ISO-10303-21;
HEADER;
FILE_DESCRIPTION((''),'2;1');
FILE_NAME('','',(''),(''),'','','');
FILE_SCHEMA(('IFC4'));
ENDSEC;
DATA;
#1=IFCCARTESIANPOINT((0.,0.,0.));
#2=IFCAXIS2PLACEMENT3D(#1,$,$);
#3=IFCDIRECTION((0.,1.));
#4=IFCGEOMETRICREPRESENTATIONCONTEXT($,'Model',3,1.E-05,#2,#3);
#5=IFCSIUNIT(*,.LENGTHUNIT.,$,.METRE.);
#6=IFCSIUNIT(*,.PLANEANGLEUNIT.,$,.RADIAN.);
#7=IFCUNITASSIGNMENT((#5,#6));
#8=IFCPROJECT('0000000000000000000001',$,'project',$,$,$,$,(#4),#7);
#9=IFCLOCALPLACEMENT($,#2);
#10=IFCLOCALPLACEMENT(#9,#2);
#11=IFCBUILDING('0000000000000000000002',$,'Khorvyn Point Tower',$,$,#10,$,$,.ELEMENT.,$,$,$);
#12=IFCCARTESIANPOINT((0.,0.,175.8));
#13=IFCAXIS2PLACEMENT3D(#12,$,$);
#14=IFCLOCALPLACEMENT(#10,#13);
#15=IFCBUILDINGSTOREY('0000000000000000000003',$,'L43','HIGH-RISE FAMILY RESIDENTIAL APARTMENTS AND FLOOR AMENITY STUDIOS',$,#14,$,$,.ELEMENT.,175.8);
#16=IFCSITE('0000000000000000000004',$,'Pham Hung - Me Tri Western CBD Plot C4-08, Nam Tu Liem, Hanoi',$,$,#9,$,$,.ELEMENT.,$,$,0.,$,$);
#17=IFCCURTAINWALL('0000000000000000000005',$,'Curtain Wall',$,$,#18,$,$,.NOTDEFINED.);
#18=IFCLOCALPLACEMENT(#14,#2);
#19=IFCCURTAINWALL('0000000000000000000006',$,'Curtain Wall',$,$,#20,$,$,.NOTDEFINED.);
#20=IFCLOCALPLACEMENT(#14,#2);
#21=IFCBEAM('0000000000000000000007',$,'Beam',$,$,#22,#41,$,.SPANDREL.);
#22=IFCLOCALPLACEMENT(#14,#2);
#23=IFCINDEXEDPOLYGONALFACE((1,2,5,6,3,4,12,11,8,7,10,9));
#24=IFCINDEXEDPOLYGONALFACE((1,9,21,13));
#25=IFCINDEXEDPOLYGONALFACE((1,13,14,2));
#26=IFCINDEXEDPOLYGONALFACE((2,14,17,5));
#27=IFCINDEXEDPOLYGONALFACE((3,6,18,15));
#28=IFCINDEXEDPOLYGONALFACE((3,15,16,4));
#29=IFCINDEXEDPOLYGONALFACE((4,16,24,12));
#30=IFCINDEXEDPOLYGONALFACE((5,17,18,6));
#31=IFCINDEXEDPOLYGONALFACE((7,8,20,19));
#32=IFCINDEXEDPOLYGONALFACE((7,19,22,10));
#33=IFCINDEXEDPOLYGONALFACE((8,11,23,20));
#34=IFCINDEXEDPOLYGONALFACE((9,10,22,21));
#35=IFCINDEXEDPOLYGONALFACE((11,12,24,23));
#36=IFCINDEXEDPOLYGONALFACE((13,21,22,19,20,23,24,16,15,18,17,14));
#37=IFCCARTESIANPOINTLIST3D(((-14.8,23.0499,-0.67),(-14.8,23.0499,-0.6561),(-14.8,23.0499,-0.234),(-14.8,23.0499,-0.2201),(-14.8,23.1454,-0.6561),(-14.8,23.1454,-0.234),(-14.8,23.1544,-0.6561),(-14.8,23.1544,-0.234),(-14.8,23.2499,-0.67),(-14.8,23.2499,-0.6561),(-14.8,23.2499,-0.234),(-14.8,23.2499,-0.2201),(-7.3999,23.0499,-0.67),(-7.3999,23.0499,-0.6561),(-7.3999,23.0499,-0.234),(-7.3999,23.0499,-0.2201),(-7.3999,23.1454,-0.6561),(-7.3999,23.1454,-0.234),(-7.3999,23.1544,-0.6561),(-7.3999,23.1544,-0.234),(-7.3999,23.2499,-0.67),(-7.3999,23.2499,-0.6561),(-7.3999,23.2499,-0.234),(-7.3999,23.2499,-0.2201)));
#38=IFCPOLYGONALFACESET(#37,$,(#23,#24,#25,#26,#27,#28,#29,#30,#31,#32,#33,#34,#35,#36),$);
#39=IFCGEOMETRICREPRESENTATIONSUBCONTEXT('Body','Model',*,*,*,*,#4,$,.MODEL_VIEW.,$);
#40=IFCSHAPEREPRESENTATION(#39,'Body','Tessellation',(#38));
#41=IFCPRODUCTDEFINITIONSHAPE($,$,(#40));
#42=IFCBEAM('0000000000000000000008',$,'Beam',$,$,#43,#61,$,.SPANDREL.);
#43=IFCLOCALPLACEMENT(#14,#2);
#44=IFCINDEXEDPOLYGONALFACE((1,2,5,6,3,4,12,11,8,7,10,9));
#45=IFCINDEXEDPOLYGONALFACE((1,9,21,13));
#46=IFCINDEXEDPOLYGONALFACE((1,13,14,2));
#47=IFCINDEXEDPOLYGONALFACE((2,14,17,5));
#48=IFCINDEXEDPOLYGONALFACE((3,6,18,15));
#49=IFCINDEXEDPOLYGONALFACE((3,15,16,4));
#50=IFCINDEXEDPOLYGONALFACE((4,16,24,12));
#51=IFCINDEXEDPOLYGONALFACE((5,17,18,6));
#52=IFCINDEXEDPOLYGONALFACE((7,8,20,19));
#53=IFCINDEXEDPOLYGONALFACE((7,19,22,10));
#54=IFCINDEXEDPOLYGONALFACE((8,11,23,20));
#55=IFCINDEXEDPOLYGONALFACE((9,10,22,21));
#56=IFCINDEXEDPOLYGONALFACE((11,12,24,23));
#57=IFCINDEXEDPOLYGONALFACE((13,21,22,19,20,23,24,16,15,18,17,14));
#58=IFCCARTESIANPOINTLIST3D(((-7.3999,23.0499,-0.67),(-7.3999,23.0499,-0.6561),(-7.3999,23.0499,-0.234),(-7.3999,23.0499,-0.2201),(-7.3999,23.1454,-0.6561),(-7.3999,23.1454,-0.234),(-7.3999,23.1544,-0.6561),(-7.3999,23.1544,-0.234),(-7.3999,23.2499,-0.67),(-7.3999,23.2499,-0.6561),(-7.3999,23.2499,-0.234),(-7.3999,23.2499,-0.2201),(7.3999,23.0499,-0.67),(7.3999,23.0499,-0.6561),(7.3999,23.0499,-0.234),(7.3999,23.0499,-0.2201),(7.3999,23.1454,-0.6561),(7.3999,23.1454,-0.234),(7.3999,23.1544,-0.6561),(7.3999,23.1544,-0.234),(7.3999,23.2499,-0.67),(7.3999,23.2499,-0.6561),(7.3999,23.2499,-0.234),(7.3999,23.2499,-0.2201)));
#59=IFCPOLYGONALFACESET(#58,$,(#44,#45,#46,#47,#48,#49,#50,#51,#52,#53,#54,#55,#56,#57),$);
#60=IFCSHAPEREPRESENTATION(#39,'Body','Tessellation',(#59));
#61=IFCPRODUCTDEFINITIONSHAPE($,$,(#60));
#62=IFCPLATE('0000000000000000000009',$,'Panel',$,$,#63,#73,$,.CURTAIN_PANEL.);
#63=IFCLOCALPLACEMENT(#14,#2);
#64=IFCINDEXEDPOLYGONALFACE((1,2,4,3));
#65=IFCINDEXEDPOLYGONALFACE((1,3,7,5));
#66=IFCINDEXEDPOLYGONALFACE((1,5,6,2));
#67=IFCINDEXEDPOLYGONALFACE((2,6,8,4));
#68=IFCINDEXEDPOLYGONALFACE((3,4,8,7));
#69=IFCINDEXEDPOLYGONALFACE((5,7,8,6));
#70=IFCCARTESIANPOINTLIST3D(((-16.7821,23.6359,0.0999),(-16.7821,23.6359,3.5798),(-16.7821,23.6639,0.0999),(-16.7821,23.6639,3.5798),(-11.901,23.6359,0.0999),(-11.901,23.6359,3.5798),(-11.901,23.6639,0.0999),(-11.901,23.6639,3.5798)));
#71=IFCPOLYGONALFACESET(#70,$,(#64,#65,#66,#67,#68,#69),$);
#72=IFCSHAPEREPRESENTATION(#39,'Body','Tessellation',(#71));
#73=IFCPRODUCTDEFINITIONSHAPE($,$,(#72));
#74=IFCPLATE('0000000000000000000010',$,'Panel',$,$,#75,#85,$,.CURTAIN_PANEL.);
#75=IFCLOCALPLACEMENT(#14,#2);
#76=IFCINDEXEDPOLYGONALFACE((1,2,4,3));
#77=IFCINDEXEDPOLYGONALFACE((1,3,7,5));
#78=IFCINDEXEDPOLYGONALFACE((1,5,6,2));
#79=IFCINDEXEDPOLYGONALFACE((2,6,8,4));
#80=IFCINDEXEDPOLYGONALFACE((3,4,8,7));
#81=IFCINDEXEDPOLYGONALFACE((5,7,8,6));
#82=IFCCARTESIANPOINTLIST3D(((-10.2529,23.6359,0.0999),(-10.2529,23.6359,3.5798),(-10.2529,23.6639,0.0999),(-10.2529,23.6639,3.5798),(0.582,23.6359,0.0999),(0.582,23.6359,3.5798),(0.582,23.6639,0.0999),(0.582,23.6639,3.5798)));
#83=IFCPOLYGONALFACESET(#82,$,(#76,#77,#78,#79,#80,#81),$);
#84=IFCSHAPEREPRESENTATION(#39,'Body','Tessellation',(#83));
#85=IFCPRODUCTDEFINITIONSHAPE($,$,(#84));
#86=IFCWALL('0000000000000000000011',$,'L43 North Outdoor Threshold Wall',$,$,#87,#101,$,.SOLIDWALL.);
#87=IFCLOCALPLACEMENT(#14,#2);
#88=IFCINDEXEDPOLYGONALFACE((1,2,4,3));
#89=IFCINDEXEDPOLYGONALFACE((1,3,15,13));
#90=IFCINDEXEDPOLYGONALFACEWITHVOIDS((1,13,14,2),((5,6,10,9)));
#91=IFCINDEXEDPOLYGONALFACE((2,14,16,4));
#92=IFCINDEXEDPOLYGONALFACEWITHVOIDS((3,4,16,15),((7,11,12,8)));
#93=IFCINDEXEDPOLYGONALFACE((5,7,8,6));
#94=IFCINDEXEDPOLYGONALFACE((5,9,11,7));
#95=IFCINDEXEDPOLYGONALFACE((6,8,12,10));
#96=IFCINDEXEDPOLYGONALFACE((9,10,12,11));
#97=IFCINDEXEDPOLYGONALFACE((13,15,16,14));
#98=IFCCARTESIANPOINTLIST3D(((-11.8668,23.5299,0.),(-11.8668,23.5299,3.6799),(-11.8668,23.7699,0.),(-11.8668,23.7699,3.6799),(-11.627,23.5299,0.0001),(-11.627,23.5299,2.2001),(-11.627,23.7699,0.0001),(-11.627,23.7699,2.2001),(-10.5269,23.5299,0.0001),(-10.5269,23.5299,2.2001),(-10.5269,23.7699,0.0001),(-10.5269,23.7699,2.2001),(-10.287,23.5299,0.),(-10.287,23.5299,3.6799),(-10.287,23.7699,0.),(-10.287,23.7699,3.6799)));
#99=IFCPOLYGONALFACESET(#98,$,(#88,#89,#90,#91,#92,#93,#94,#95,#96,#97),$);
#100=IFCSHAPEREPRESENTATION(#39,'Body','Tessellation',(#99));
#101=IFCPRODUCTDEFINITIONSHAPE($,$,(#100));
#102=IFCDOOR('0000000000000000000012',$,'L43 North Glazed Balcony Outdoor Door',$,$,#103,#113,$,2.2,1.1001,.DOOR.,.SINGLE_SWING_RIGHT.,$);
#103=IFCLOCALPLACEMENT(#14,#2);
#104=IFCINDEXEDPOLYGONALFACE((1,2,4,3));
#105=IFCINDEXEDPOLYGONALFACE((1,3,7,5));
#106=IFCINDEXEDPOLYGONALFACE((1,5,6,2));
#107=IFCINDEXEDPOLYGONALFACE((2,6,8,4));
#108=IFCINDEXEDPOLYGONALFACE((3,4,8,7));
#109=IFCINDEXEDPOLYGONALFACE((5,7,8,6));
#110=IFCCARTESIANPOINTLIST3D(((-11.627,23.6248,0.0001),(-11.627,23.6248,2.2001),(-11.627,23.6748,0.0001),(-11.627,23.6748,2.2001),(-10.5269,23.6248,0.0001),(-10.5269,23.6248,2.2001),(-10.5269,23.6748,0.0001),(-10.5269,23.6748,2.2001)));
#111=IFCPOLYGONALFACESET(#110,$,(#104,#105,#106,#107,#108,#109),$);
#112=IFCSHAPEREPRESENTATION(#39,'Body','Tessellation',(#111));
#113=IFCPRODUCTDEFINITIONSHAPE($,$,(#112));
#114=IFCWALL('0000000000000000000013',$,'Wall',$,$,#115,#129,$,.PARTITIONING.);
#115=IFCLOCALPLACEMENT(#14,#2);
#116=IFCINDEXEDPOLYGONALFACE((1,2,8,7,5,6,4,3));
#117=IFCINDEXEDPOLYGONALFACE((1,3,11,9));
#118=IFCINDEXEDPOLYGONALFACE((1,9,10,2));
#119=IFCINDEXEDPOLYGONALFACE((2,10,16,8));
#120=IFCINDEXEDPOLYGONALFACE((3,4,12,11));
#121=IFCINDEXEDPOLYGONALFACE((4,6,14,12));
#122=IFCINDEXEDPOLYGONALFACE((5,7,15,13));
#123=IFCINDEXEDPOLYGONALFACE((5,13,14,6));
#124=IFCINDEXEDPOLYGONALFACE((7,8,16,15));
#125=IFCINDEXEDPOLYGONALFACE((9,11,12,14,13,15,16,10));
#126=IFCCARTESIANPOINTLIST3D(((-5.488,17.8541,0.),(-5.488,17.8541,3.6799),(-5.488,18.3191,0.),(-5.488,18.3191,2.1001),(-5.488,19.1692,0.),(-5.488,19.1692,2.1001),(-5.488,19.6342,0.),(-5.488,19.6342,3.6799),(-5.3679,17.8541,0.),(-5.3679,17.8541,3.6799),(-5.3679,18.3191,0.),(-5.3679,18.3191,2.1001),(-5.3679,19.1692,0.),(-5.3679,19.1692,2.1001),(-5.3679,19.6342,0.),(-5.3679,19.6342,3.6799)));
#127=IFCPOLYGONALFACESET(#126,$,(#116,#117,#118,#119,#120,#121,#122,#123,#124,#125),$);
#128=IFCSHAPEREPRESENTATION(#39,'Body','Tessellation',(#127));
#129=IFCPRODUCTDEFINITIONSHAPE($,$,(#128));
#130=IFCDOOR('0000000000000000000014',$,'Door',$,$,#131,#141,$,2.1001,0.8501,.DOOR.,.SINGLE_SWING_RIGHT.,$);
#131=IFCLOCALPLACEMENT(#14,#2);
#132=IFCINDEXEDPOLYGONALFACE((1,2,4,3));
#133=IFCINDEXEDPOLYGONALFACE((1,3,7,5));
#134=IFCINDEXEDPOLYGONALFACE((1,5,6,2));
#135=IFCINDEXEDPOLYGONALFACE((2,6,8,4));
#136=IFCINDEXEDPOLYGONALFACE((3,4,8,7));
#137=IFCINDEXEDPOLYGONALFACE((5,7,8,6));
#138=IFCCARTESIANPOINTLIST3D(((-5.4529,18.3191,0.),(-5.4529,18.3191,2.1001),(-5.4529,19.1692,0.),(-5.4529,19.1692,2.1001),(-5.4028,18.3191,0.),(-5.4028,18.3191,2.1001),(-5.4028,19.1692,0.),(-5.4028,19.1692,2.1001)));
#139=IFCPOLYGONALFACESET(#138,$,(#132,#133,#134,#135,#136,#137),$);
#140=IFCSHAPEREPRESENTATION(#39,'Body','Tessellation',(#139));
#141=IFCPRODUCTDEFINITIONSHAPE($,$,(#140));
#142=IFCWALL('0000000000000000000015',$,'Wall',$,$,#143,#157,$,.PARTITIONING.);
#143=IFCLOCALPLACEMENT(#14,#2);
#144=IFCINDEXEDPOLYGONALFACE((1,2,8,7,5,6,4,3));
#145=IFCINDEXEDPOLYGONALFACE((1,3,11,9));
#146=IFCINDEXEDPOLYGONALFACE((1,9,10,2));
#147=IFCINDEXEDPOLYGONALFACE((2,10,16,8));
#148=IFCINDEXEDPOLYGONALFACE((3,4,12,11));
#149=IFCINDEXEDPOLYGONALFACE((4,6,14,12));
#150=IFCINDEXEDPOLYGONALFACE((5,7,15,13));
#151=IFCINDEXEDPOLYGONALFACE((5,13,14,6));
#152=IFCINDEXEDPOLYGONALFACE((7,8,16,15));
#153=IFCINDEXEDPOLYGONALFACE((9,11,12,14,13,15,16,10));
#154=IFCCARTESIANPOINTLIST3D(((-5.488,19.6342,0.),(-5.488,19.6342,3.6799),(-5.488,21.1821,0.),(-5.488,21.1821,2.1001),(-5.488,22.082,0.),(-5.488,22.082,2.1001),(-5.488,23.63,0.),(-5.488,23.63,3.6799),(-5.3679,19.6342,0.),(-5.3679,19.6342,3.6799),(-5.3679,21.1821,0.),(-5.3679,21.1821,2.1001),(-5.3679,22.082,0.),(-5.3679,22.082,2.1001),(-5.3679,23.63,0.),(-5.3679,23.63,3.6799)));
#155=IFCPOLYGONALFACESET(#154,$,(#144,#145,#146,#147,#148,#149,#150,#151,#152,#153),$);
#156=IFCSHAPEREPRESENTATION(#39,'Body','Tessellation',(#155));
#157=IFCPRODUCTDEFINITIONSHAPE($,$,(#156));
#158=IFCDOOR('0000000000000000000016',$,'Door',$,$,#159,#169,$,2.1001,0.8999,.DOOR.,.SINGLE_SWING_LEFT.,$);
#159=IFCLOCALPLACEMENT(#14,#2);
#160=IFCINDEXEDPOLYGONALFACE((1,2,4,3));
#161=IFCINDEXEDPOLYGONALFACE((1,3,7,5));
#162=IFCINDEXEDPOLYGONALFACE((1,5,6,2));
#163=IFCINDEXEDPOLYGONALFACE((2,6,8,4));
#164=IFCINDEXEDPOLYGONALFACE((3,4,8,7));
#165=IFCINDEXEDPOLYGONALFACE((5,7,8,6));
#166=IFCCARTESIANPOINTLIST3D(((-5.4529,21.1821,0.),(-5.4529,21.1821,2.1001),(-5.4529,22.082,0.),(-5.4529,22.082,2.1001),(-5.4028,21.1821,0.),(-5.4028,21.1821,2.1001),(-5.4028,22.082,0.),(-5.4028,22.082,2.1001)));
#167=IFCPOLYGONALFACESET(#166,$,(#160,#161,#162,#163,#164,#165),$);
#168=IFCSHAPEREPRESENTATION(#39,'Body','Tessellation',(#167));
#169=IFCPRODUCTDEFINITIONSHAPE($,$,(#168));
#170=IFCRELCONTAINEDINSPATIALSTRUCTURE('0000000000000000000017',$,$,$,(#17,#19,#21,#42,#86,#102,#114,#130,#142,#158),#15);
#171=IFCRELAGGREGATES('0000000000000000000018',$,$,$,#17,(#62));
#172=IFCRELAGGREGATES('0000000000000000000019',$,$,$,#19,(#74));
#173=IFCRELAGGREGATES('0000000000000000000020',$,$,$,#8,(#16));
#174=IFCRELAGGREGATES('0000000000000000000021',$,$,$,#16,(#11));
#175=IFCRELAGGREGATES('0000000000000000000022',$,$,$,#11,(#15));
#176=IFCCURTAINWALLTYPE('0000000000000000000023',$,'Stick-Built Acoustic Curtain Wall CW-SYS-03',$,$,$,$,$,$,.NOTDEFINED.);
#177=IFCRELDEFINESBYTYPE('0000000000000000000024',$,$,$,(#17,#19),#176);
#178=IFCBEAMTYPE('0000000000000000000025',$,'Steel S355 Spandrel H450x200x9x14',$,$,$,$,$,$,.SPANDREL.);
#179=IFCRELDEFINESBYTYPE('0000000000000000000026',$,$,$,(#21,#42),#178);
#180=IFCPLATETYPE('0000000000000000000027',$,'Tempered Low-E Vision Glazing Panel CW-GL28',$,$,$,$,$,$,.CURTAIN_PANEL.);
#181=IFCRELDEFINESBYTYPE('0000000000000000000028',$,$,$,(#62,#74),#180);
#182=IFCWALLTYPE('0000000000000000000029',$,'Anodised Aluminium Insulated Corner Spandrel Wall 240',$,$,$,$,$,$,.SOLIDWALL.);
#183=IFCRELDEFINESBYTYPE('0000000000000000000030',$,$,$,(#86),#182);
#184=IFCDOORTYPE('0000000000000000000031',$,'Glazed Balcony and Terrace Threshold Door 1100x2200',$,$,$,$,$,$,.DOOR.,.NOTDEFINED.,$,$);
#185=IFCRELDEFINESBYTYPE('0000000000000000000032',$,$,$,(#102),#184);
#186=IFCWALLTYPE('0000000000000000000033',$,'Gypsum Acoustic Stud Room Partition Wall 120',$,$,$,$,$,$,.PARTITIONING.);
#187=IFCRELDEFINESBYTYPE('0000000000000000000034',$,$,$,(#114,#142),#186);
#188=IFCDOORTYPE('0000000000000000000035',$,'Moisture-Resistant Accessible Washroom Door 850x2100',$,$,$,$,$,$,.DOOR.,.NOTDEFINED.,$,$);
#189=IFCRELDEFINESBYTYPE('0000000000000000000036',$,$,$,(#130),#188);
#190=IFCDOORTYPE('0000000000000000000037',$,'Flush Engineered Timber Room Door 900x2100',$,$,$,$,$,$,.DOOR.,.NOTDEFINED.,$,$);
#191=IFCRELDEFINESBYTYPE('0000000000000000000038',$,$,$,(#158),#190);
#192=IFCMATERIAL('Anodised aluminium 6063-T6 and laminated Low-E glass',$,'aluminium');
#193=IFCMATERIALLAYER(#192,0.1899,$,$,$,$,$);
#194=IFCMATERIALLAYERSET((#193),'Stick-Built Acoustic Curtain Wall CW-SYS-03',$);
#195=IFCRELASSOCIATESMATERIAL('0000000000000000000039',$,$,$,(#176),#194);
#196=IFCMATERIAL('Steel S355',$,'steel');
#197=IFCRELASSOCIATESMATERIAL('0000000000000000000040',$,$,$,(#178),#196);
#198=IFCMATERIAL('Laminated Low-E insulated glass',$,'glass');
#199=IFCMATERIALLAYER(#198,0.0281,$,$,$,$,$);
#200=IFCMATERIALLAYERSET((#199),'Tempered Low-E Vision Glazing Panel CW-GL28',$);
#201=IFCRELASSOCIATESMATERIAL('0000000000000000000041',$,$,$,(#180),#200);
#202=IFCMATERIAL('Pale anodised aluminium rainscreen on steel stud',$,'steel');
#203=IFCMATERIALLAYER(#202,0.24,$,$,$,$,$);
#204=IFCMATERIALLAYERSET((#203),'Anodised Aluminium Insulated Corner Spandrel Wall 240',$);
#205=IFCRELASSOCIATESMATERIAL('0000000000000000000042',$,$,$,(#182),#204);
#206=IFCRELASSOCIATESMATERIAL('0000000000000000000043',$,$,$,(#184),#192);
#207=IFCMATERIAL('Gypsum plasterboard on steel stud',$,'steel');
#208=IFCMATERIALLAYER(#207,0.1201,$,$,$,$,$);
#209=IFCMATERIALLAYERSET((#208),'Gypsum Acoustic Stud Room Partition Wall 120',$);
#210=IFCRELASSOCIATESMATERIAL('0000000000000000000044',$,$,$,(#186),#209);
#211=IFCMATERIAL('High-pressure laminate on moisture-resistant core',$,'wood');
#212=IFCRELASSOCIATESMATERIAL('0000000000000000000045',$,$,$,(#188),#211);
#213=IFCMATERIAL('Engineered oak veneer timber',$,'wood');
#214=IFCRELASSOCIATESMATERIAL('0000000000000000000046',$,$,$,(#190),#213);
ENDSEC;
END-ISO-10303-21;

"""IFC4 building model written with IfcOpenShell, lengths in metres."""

from ifc_helpers import new_model, si_unit, direction, frame, frame_2d, origin, origin_2d, place, context, subcontext, project, spatial, rectangle, i_section, extrude, material, layer, layer_set, material_profile, profile_set, type_object, element, fill, aggregate, save


model = new_model("IFC4")

# Units and contexts
model_context = context("Model", 3, precision=1e-05, world=origin(), true_north=direction((0.0, 1.0)))
body_context = subcontext(model_context, "Body", "Model", "MODEL_VIEW")
ifc_project = project(units=[si_unit("LENGTHUNIT", "METRE"), si_unit("PLANEANGLEUNIT", "RADIAN")], contexts=[model_context])

# Site, building, storey
site_placement = place(None, origin())
site = spatial("IfcSite", under=ifc_project, at=site_placement, Name="Pham Hung - Me Tri Western CBD Plot C4-08, Nam Tu Liem, Hanoi", CompositionType="ELEMENT", RefElevation=0.0)
building_placement = place(site_placement, origin())
building = spatial("IfcBuilding", under=site, at=building_placement, Name="Khorvyn Point Tower", CompositionType="ELEMENT")
storey_placement = place(building_placement, frame((0.0, 0.0, 175.8)))
storey = spatial("IfcBuildingStorey", under=building, at=storey_placement, Name="L43", Description="HIGH-RISE FAMILY RESIDENTIAL APARTMENTS AND FLOOR AMENITY STUDIOS", CompositionType="ELEMENT", Elevation=175.8)

# Curtain wall
ifc_material_1 = material(Name="Anodised aluminium 6063-T6 and laminated Low-E glass", Category="aluminium")
ifc_layer_1 = layer(ifc_material_1, 0.1899)
ifc_layer_set_1 = layer_set([ifc_layer_1], Name="Stick-Built Acoustic Curtain Wall CW-SYS-03")
curtain_wall_type = type_object("IfcCurtainWallType", Name="Stick-Built Acoustic Curtain Wall CW-SYS-03", PredefinedType="NOTDEFINED", material=ifc_layer_set_1)
curtain_wall_1_placement = place(storey_placement, origin())
curtain_wall_1 = element("IfcCurtainWall", 1, at=curtain_wall_1_placement, inside=storey, type_object=curtain_wall_type, Name="Curtain Wall", PredefinedType="NOTDEFINED")

# Curtain wall
curtain_wall_2_placement = place(storey_placement, origin())
curtain_wall_2 = element("IfcCurtainWall", 2, at=curtain_wall_2_placement, inside=storey, type_object=curtain_wall_type, Name="Curtain Wall", PredefinedType="NOTDEFINED")

# Beams
ifc_material_2 = material(Name="Steel S355", Category="steel")
ifc_material_profile_1 = material_profile(ifc_material_2, i_section(OverallWidth=0.2, OverallDepth=0.45, WebThickness=0.009, FlangeThickness=0.0139, at=origin_2d()))
ifc_profile_set_1 = profile_set([ifc_material_profile_1], Name="Steel S355 H450x200x9x14")
beam_type_1 = type_object("IfcBeamType", Name="Steel S355 Spandrel H450x200x9x14", PredefinedType="SPANDREL", material=ifc_profile_set_1)
beam_1_placement = place(storey_placement, frame((-14.8, 23.1499, -0.4451), z_axis=(1.0, 0.0, 0.0), x_axis=(0.0, 1.0, 0.0)))
element("IfcBeam", 3, at=beam_1_placement, inside=storey, type_object=beam_type_1, Name="Beam", PredefinedType="SPANDREL", context=body_context, shape_type="SweptSolid", body=[
    extrude(i_section(OverallWidth=0.2, OverallDepth=0.45, WebThickness=0.009, FlangeThickness=0.0139, at=origin_2d()), origin(), (0.0, 0.0, 1.0), 7.4001),
])
beam_2_placement = place(storey_placement, frame((-7.3999, 23.1499, -0.4451), z_axis=(1.0, 0.0, 0.0), x_axis=(0.0, 1.0, 0.0)))
element("IfcBeam", 4, at=beam_2_placement, inside=storey, type_object=beam_type_1, Name="Beam", PredefinedType="SPANDREL", context=body_context, shape_type="SweptSolid", body=[
    extrude(i_section(OverallWidth=0.2, OverallDepth=0.45, WebThickness=0.009, FlangeThickness=0.0139, at=origin_2d()), origin(), (0.0, 0.0, 1.0), 14.7998),
])

# Plates
ifc_material_3 = material(Name="Laminated Low-E insulated glass", Category="glass")
ifc_layer_2 = layer(ifc_material_3, 0.0281)
ifc_layer_set_2 = layer_set([ifc_layer_2], Name="Tempered Low-E Vision Glazing Panel CW-GL28")
plate_type = type_object("IfcPlateType", Name="Tempered Low-E Vision Glazing Panel CW-GL28", PredefinedType="CURTAIN_PANEL", material=ifc_layer_set_2)
plate_1_placement = place(storey_placement, frame((-14.3416, 23.6499, 0.0999), z_axis=(0.0, 0.0, 1.0), x_axis=(1.0, 0.0, 0.0)))
plate_1 = element("IfcPlate", 5, at=plate_1_placement, type_object=plate_type, Name="Panel", PredefinedType="CURTAIN_PANEL", context=body_context, shape_type="SweptSolid", body=[
    extrude(rectangle(XDim=4.8811, YDim=0.0281, at=origin_2d()), origin(), (0.0, 0.0, 1.0), 3.48),
])
aggregate(curtain_wall_1, [plate_1])
plate_2_placement = place(storey_placement, frame((-4.8354, 23.6499, 0.0999), z_axis=(0.0, 0.0, 1.0), x_axis=(1.0, 0.0, 0.0)))
plate_2 = element("IfcPlate", 6, at=plate_2_placement, type_object=plate_type, Name="Panel", PredefinedType="CURTAIN_PANEL", context=body_context, shape_type="SweptSolid", body=[
    extrude(rectangle(XDim=10.835, YDim=0.0281, at=origin_2d()), origin(), (0.0, 0.0, 1.0), 3.48),
])
aggregate(curtain_wall_2, [plate_2])

# Walls, openings, doors
ifc_material_4 = material(Name="Pale anodised aluminium rainscreen on steel stud", Category="steel")
ifc_layer_3 = layer(ifc_material_4, 0.24)
ifc_layer_set_3 = layer_set([ifc_layer_3], Name="Anodised Aluminium Insulated Corner Spandrel Wall 240")
wall_type_1 = type_object("IfcWallType", Name="Anodised Aluminium Insulated Corner Spandrel Wall 240", PredefinedType="SOLIDWALL", material=ifc_layer_set_3)
wall_1_placement = place(storey_placement, frame((-11.8669, 23.6499, 0.0), z_axis=(0.0, 0.0, 1.0), x_axis=(1.0, 0.0, 0.0)))
wall_1 = element("IfcWall", 7, at=wall_1_placement, inside=storey, type_object=wall_type_1, Name="L43 North Outdoor Threshold Wall", PredefinedType="SOLIDWALL", context=body_context, shape_type="SweptSolid", body=[
    extrude(rectangle(XDim=1.5798, YDim=0.24, at=frame_2d((0.79, 0.0))), origin(), (0.0, 0.0, 1.0), 3.6799),
])
opening_1_placement = place(wall_1_placement, frame((0.24, 0.0, 0.0)))
opening_1 = element("IfcOpeningElement", 8, at=opening_1_placement, cuts=wall_1, PredefinedType="OPENING", context=body_context, shape_type="SweptSolid", body=[
    extrude(rectangle(XDim=1.1001, YDim=2.2, at=frame_2d((0.55, 1.1001))), frame((0.0, 0.1299, 0.0), z_axis=(0.0, -1.0, 0.0), x_axis=(1.0, 0.0, 0.0)), (0.0, 0.0, 1.0), 0.26),
])
door_type_1 = type_object("IfcDoorType", Name="Glazed Balcony and Terrace Threshold Door 1100x2200", OperationType="NOTDEFINED", PredefinedType="DOOR", material=ifc_material_1)
door_1_placement = place(opening_1_placement, origin())
door_1 = element("IfcDoor", 9, at=door_1_placement, inside=storey, type_object=door_type_1, Name="L43 North Glazed Balcony Outdoor Door", OperationType="SINGLE_SWING_RIGHT", OverallHeight=2.2, OverallWidth=1.1001, PredefinedType="DOOR", context=body_context, shape_type="SweptSolid", body=[
    extrude(rectangle(XDim=1.1001, YDim=2.2, at=frame_2d((0.55, 1.1001))), frame((0.0, 0.0249, 0.0), z_axis=(0.0, -1.0, 0.0), x_axis=(1.0, 0.0, 0.0)), (0.0, 0.0, 1.0), 0.05),
])
fill(opening_1, door_1)
ifc_material_5 = material(Name="Gypsum plasterboard on steel stud", Category="steel")
ifc_layer_4 = layer(ifc_material_5, 0.1201)
ifc_layer_set_4 = layer_set([ifc_layer_4], Name="Gypsum Acoustic Stud Room Partition Wall 120")
wall_type_2 = type_object("IfcWallType", Name="Gypsum Acoustic Stud Room Partition Wall 120", PredefinedType="PARTITIONING", material=ifc_layer_set_4)
wall_2_placement = place(storey_placement, frame((-5.428, 17.854, 0.0), z_axis=(0.0, 0.0, 1.0), x_axis=(0.0, 1.0, 0.0)))
wall_2 = element("IfcWall", 10, at=wall_2_placement, inside=storey, type_object=wall_type_2, Name="Wall", PredefinedType="PARTITIONING", context=body_context, shape_type="SweptSolid", body=[
    extrude(rectangle(XDim=1.78, YDim=0.1201, at=frame_2d((0.8901, 0.0))), origin(), (0.0, 0.0, 1.0), 3.6799),
])
opening_2_placement = place(wall_2_placement, frame((0.4651, 0.0, 0.0)))
opening_2 = element("IfcOpeningElement", 11, at=opening_2_placement, cuts=wall_2, PredefinedType="OPENING", context=body_context, shape_type="SweptSolid", body=[
    extrude(rectangle(XDim=0.8501, YDim=2.1001, at=frame_2d((0.425, 1.05))), frame((0.0, 0.0701, 0.0), z_axis=(0.0, -1.0, 0.0), x_axis=(1.0, 0.0, 0.0)), (0.0, 0.0, 1.0), 0.1401),
])
ifc_material_6 = material(Name="High-pressure laminate on moisture-resistant core", Category="wood")
door_type_2 = type_object("IfcDoorType", Name="Moisture-Resistant Accessible Washroom Door 850x2100", OperationType="NOTDEFINED", PredefinedType="DOOR", material=ifc_material_6)
door_2_placement = place(opening_2_placement, origin())
door_2 = element("IfcDoor", 12, at=door_2_placement, inside=storey, type_object=door_type_2, Name="Door", OperationType="SINGLE_SWING_RIGHT", OverallHeight=2.1001, OverallWidth=0.8501, PredefinedType="DOOR", context=body_context, shape_type="SweptSolid", body=[
    extrude(rectangle(XDim=0.8501, YDim=2.1001, at=frame_2d((0.425, 1.05))), frame((0.0, 0.0249, 0.0), z_axis=(0.0, -1.0, 0.0), x_axis=(1.0, 0.0, 0.0)), (0.0, 0.0, 1.0), 0.05),
])
fill(opening_2, door_2)
wall_3_placement = place(storey_placement, frame((-5.428, 19.634, 0.0), z_axis=(0.0, 0.0, 1.0), x_axis=(0.0, 1.0, 0.0)))
wall_3 = element("IfcWall", 13, at=wall_3_placement, inside=storey, type_object=wall_type_2, Name="Wall", PredefinedType="PARTITIONING", context=body_context, shape_type="SweptSolid", body=[
    extrude(rectangle(XDim=3.9958, YDim=0.1201, at=frame_2d((1.998, 0.0))), origin(), (0.0, 0.0, 1.0), 3.6799),
])
opening_3_placement = place(wall_3_placement, frame((1.5481, 0.0, 0.0)))
opening_3 = element("IfcOpeningElement", 14, at=opening_3_placement, cuts=wall_3, PredefinedType="OPENING", context=body_context, shape_type="SweptSolid", body=[
    extrude(rectangle(XDim=0.8999, YDim=2.1001, at=frame_2d((0.45, 1.05))), frame((0.0, 0.0701, 0.0), z_axis=(0.0, -1.0, 0.0), x_axis=(1.0, 0.0, 0.0)), (0.0, 0.0, 1.0), 0.1401),
])
ifc_material_7 = material(Name="Engineered oak veneer timber", Category="wood")
door_type_3 = type_object("IfcDoorType", Name="Flush Engineered Timber Room Door 900x2100", OperationType="NOTDEFINED", PredefinedType="DOOR", material=ifc_material_7)
door_3_placement = place(opening_3_placement, origin())
door_3 = element("IfcDoor", 15, at=door_3_placement, inside=storey, type_object=door_type_3, Name="Door", OperationType="SINGLE_SWING_LEFT", OverallHeight=2.1001, OverallWidth=0.8999, PredefinedType="DOOR", context=body_context, shape_type="SweptSolid", body=[
    extrude(rectangle(XDim=0.8999, YDim=2.1001, at=frame_2d((0.45, 1.05))), frame((0.0, 0.0249, 0.0), z_axis=(0.0, -1.0, 0.0), x_axis=(1.0, 0.0, 0.0)), (0.0, 0.0, 1.0), 0.05),
])
fill(opening_3, door_3)

save(model, "model.ifc")
